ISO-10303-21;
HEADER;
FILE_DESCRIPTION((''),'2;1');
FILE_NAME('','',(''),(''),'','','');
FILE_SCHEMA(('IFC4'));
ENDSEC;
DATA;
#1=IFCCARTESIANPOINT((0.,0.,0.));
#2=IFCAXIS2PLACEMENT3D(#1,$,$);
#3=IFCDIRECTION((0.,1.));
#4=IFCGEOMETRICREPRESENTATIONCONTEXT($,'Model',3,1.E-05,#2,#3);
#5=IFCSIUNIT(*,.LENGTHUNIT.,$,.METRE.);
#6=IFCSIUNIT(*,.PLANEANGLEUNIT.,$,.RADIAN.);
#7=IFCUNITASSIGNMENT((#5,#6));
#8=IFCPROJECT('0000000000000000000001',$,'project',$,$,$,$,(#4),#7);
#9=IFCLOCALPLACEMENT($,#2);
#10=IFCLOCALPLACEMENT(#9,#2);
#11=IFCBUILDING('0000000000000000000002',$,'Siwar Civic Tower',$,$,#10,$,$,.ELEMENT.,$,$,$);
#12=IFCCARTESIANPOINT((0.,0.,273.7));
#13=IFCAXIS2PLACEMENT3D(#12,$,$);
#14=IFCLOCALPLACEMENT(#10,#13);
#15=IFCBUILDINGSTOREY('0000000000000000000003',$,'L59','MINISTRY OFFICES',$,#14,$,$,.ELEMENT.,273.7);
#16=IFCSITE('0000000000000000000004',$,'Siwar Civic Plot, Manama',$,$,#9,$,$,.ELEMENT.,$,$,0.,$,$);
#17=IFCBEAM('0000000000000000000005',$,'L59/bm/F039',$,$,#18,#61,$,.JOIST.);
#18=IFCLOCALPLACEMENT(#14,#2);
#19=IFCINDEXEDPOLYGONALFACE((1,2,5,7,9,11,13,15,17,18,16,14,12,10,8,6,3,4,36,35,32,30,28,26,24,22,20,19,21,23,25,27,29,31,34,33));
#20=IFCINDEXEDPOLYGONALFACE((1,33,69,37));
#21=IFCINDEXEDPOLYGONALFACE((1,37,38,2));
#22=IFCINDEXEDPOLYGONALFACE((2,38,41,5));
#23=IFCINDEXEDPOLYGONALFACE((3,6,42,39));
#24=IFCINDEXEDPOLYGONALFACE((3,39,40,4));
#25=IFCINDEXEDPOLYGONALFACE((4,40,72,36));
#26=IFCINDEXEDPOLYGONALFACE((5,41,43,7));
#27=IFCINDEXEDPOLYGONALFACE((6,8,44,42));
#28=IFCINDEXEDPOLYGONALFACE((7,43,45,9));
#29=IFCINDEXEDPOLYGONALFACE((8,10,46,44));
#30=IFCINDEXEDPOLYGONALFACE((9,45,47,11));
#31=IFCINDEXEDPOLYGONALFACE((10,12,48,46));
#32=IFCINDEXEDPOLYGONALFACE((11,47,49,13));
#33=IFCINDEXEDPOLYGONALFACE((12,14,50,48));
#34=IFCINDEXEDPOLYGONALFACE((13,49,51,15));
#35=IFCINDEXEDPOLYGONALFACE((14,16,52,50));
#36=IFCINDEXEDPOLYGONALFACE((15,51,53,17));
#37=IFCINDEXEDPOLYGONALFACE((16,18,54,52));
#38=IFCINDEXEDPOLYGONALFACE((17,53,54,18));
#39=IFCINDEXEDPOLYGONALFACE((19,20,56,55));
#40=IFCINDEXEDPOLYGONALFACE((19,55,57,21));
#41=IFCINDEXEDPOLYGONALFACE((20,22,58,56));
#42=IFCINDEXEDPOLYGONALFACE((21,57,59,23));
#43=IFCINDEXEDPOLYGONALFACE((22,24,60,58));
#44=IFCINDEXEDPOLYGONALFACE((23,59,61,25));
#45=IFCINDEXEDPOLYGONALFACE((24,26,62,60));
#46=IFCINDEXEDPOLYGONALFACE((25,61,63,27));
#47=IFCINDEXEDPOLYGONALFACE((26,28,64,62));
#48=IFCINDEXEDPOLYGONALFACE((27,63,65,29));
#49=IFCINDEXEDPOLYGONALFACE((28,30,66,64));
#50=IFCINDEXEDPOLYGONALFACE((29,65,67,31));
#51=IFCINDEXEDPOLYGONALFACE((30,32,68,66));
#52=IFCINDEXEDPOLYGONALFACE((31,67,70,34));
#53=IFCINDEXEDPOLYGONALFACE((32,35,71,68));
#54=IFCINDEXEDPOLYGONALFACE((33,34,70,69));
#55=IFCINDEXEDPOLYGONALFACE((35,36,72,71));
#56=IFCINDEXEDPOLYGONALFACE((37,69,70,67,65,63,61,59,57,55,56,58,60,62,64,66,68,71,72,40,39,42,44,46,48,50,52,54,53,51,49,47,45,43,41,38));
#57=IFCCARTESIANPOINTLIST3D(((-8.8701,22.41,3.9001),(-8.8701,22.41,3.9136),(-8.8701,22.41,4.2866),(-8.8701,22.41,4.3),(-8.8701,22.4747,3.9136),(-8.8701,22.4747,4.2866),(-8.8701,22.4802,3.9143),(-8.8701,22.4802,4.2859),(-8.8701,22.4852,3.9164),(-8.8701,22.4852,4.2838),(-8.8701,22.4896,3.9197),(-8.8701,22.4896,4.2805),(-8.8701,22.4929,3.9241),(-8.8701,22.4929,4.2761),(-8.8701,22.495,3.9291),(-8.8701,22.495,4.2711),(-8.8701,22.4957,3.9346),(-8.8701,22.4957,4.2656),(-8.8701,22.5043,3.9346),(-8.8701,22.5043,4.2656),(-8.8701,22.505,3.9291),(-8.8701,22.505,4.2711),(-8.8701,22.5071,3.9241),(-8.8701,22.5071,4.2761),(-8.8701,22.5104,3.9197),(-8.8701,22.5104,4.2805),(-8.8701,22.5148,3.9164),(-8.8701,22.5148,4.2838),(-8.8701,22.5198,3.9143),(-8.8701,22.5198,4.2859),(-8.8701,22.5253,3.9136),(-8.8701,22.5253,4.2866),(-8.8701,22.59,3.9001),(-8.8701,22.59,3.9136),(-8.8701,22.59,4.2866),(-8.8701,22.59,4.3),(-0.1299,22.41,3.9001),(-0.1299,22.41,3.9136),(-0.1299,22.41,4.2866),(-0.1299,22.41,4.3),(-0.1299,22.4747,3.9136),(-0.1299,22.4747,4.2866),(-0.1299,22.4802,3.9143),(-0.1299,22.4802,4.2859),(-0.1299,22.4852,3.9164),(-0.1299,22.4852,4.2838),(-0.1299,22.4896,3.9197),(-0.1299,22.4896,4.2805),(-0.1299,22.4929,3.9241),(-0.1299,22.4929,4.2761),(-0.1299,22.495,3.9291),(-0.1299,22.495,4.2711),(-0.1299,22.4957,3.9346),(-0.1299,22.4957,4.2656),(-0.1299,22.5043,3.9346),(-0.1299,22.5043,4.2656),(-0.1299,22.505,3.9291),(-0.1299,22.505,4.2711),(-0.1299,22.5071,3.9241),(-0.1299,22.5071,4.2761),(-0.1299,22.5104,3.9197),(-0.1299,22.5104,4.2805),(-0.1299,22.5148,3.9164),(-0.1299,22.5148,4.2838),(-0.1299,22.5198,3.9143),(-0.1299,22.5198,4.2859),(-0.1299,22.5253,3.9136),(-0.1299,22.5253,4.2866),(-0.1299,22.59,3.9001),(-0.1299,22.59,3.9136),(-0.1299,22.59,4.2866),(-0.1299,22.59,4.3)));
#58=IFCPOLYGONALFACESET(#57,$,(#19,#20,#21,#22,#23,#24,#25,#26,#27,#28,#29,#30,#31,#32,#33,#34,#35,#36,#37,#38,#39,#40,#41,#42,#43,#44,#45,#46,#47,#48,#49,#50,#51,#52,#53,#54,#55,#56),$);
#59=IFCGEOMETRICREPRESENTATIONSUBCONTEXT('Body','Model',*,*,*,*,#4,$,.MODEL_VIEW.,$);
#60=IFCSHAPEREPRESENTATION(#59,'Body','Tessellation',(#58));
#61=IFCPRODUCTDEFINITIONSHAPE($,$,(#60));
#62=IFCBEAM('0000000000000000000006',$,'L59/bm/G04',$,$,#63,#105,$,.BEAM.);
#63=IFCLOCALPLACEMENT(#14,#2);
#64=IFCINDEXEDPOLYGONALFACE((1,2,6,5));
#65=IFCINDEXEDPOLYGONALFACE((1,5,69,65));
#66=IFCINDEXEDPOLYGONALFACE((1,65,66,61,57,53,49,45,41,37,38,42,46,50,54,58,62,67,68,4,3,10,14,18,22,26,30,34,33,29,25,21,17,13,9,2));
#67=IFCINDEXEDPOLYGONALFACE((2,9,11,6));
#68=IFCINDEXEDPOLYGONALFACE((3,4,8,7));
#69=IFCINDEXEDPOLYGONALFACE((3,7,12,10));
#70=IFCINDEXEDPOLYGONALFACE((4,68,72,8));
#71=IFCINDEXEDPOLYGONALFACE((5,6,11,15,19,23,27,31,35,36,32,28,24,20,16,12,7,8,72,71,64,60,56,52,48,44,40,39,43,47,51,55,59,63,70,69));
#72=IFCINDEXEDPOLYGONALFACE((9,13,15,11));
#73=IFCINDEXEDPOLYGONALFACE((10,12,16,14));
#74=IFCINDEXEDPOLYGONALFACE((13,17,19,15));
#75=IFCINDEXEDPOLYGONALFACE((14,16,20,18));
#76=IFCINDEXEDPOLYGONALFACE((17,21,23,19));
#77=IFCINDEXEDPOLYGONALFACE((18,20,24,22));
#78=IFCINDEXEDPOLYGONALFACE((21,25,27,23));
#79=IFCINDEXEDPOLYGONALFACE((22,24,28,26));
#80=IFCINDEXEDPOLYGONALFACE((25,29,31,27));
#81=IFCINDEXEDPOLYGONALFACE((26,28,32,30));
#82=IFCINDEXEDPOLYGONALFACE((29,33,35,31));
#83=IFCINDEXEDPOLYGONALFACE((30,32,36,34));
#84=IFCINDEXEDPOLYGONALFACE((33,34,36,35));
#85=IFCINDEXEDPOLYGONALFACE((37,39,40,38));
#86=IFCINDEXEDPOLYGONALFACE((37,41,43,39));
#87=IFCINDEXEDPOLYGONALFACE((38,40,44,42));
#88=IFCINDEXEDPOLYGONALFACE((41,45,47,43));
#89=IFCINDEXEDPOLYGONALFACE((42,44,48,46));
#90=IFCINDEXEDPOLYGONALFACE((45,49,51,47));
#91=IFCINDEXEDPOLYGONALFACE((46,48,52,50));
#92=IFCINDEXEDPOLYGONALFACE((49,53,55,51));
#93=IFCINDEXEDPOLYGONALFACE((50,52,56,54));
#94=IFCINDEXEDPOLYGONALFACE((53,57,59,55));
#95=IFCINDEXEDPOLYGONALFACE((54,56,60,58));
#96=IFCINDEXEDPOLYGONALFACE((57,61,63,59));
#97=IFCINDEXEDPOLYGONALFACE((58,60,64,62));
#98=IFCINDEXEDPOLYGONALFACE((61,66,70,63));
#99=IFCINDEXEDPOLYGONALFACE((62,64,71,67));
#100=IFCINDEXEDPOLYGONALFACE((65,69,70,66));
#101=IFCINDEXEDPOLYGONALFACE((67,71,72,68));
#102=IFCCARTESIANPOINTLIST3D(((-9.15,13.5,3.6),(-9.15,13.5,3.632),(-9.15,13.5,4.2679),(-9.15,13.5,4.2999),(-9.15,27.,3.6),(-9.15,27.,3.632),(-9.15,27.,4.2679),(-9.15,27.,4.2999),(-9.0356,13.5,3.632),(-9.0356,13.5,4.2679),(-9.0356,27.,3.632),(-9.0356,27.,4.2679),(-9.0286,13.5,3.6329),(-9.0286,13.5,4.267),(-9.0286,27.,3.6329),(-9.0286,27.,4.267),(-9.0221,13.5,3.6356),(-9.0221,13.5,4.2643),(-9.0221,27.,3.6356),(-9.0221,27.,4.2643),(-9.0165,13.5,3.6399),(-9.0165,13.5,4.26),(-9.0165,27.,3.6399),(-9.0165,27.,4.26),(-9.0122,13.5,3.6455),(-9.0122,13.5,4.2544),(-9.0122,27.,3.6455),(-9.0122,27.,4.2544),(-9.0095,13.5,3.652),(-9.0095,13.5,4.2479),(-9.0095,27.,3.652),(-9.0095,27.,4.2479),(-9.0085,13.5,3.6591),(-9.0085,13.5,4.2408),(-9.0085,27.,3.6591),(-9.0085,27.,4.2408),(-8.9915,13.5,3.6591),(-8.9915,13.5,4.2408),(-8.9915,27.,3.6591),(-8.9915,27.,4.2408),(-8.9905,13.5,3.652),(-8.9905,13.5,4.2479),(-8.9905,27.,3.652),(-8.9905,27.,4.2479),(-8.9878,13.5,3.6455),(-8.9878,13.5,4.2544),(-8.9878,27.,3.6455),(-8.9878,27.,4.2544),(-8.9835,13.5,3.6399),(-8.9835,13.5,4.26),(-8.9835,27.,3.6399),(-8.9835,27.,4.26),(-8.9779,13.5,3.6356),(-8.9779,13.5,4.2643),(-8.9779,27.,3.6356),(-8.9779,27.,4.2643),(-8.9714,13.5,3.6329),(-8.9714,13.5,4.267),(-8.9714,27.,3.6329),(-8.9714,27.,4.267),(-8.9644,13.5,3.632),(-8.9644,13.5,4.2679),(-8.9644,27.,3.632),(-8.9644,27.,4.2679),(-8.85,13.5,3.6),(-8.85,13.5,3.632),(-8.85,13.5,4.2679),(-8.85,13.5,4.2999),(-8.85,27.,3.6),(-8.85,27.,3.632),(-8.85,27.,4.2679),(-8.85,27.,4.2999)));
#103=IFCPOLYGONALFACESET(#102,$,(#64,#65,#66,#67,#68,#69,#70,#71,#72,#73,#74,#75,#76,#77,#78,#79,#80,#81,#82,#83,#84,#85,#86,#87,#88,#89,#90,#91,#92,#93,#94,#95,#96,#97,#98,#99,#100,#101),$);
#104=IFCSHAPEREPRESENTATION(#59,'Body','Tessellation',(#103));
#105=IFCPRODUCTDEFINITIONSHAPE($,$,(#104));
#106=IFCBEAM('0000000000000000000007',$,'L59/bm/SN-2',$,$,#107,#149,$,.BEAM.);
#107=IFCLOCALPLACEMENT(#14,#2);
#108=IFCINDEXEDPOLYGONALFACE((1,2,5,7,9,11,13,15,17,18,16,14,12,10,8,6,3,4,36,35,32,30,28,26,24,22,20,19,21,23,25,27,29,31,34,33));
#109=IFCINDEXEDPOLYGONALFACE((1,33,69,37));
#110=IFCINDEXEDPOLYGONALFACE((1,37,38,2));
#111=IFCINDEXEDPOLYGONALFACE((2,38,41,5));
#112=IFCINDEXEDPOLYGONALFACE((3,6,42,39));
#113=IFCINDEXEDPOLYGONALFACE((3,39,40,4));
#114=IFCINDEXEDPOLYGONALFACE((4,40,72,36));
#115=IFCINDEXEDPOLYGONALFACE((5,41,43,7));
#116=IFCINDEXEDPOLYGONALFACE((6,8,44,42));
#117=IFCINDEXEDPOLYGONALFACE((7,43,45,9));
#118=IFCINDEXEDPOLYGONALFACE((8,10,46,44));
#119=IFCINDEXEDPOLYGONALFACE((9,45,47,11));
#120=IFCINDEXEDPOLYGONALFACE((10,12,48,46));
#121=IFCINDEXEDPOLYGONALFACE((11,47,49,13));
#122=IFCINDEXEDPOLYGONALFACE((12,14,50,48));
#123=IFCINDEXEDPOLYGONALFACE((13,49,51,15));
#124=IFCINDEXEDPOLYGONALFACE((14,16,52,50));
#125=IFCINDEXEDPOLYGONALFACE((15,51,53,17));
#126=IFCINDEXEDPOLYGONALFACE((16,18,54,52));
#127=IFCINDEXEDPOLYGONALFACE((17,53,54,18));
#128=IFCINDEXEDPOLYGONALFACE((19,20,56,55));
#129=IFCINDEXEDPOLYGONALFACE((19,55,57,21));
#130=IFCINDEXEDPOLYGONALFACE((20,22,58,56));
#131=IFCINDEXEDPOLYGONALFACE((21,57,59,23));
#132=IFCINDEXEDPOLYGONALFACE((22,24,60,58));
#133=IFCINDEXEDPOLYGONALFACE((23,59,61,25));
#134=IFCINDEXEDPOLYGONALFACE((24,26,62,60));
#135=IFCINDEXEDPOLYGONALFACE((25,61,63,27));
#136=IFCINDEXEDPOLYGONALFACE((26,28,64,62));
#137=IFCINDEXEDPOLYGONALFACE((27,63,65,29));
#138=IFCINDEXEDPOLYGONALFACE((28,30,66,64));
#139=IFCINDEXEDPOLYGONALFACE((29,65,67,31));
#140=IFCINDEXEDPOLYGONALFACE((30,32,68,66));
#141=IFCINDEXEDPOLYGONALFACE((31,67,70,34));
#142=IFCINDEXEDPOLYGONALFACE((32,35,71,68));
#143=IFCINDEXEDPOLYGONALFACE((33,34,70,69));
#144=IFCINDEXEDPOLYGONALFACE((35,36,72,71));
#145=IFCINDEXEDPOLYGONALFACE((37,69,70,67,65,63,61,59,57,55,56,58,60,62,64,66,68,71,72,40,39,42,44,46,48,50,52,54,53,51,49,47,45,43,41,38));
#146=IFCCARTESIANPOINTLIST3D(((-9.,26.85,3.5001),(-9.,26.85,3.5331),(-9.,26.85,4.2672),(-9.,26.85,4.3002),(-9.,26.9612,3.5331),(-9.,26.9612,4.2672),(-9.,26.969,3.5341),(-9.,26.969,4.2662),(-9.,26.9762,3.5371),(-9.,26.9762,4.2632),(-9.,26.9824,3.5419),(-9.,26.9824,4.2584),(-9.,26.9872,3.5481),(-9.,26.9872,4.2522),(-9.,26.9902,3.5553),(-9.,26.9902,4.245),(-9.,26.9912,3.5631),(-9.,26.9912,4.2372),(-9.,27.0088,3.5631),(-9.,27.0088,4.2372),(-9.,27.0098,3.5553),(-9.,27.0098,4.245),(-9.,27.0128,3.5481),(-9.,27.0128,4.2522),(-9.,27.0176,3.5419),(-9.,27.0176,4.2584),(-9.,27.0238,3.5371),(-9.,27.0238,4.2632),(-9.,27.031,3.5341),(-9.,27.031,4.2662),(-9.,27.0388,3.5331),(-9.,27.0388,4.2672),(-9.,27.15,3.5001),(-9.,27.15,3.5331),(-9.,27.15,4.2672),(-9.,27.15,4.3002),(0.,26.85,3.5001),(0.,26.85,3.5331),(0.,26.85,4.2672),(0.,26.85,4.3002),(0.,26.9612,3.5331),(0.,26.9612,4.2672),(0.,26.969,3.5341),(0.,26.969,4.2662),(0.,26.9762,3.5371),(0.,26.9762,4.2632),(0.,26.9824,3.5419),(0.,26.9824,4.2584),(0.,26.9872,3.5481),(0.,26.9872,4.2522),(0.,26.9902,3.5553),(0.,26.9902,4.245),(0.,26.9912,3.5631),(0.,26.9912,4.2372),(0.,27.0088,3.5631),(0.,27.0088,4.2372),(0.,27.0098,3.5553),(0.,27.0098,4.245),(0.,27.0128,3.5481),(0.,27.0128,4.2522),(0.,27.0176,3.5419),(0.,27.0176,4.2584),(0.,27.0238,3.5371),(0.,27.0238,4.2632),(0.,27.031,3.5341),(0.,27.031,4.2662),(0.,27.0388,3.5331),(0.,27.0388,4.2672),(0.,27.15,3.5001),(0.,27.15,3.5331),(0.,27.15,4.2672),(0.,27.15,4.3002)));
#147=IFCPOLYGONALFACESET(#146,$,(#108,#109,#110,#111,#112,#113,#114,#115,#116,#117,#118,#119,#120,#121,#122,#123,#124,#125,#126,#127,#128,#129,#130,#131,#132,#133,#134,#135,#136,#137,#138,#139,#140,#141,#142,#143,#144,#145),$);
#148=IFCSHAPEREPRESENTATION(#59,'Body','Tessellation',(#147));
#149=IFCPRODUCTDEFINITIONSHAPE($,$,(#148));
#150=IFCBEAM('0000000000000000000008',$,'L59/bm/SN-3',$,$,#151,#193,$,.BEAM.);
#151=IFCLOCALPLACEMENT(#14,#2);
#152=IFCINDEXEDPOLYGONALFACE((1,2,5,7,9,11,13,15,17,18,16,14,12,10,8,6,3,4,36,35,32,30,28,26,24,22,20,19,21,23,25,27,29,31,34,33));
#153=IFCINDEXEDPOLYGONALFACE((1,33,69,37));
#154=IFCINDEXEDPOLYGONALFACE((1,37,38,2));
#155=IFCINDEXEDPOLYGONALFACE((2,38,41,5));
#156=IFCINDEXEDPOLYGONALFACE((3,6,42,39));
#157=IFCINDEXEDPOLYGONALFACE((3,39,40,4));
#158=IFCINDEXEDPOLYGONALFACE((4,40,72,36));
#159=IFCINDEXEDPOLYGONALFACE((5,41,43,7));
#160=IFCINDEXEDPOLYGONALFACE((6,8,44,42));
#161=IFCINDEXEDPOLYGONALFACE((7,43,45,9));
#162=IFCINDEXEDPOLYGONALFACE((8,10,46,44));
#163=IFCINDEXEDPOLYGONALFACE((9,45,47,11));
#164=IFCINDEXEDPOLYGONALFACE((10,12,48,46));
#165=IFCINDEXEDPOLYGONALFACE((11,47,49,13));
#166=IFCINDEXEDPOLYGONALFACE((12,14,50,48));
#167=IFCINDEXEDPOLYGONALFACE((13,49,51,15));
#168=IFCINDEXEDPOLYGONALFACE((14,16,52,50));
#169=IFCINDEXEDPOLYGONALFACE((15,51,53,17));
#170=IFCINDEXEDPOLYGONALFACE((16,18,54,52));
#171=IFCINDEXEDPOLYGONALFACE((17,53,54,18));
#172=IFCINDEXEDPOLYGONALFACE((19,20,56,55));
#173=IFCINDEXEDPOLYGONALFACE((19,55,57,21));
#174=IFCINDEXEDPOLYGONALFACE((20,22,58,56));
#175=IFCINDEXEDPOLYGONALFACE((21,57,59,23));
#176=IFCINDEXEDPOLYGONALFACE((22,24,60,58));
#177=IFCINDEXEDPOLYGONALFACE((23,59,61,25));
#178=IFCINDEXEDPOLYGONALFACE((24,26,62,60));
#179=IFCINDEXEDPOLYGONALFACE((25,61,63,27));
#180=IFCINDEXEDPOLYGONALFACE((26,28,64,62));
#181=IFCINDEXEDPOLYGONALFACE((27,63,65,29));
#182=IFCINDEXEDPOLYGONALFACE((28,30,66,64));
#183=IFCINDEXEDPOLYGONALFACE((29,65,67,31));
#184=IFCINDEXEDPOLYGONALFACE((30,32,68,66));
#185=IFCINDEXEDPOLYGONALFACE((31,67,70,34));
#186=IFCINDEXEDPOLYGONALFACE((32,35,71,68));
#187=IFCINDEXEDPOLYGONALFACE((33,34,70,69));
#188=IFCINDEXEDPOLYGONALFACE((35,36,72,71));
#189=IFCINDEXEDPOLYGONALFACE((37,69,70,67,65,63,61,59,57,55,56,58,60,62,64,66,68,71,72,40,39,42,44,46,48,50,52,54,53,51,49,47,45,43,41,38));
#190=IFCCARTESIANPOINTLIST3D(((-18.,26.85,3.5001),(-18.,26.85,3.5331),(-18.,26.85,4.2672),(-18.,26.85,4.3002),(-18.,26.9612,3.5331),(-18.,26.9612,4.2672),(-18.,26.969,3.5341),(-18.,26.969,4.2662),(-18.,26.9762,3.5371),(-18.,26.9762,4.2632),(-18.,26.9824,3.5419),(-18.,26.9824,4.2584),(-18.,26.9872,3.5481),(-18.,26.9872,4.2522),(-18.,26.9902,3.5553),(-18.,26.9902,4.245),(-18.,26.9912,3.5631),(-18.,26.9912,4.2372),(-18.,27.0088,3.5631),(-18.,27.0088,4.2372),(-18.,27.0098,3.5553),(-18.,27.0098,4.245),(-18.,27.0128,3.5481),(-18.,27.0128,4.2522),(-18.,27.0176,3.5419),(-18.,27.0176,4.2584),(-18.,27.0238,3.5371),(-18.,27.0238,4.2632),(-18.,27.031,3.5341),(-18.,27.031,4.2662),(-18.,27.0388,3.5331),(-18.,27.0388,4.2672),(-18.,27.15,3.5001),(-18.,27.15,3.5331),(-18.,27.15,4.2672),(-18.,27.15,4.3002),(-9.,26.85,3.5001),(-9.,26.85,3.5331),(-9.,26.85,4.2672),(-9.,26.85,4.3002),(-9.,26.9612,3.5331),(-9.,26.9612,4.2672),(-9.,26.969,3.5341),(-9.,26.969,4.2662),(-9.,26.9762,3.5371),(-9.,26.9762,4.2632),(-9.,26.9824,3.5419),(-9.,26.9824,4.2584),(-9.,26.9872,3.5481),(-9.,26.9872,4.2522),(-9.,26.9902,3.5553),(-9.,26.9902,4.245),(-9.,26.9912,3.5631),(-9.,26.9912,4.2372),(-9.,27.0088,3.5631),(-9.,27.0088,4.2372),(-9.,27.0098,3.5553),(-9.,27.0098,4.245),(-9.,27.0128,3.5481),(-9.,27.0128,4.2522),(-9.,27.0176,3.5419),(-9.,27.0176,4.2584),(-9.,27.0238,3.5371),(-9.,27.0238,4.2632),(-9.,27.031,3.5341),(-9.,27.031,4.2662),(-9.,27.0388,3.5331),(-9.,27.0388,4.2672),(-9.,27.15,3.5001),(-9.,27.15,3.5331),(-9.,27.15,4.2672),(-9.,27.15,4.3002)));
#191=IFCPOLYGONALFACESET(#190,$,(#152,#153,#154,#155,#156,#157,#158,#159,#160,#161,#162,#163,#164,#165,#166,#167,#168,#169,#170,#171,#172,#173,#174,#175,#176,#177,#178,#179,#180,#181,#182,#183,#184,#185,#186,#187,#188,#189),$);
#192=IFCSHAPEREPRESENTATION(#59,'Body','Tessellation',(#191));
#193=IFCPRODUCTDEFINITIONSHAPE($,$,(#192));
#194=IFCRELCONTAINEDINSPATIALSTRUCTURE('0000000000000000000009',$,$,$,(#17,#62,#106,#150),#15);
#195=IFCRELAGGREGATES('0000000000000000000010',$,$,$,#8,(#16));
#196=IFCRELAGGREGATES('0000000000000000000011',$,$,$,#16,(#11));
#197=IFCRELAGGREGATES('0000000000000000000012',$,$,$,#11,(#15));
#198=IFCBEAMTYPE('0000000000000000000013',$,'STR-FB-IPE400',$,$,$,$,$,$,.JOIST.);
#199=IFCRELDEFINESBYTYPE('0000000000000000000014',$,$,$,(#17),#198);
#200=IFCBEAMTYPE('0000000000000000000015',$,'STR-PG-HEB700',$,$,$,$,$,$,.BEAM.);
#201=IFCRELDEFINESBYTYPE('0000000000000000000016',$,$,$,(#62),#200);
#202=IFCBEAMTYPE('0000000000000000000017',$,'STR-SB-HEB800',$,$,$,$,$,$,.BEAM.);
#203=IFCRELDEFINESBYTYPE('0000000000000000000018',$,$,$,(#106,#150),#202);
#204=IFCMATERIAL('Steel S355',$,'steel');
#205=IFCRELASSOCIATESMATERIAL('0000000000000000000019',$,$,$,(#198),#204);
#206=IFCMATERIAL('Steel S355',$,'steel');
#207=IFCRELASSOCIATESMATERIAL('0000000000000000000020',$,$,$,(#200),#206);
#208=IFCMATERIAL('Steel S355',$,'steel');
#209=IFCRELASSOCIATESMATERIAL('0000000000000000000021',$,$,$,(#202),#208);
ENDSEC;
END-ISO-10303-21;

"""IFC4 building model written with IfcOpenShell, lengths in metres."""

from ifc_helpers import new_model, si_unit, direction, frame, origin, origin_2d, place, context, subcontext, project, spatial, i_section, extrude, material, material_profile, profile_set, type_object, element, save


model = new_model("IFC4")

# Units and contexts
model_context = context("Model", 3, precision=1e-05, world=origin(), true_north=direction((0.0, 1.0)))
body_context = subcontext(model_context, "Body", "Model", "MODEL_VIEW")
ifc_project = project(units=[si_unit("LENGTHUNIT", "METRE"), si_unit("PLANEANGLEUNIT", "RADIAN")], contexts=[model_context])

# Site, building, storey
site_placement = place(None, origin())
site = spatial("IfcSite", under=ifc_project, at=site_placement, Name="Siwar Civic Plot, Manama", CompositionType="ELEMENT", RefElevation=0.0)
building_placement = place(site_placement, origin())
building = spatial("IfcBuilding", under=site, at=building_placement, Name="Siwar Civic Tower", CompositionType="ELEMENT")
storey_placement = place(building_placement, frame((0.0, 0.0, 273.7)))
storey = spatial("IfcBuildingStorey", under=building, at=storey_placement, Name="L59", Description="MINISTRY OFFICES", CompositionType="ELEMENT", Elevation=273.7)

# Beams
ifc_material_1 = material(Name="Steel S355", Category="steel")
ifc_material_profile_1 = material_profile(ifc_material_1, i_section(OverallWidth=0.1799, OverallDepth=0.3999, WebThickness=0.0085, FlangeThickness=0.0134, FilletRadius=0.021, at=origin_2d()), Name="IPE400")
ifc_profile_set_1 = profile_set([ifc_material_profile_1], Name="Steel S355")
beam_type_1 = type_object("IfcBeamType", Name="STR-FB-IPE400", PredefinedType="JOIST", material=ifc_profile_set_1)
for number, where, z_axis, x_axis, name in (
    (1, (-8.8701, 22.5, 4.1001), (1.0, 0.0, 0.0), (0.0, 1.0, 0.0), "L59/bm/F039"),
):
    element("IfcBeam", number, at=place(storey_placement, frame(where, z_axis=z_axis, x_axis=x_axis)), inside=storey, type_object=beam_type_1, Name=name, PredefinedType="JOIST", context=body_context, shape_type="SweptSolid", body=[
        extrude(i_section(OverallWidth=0.1799, OverallDepth=0.3999, WebThickness=0.0085, FlangeThickness=0.0134, FilletRadius=0.021, at=origin_2d()), origin(), (0.0, 0.0, 1.0), 8.7402),
    ])
ifc_material_2 = material(Name="Steel S355", Category="steel")
ifc_material_profile_2 = material_profile(ifc_material_2, i_section(OverallWidth=0.3, OverallDepth=0.7, WebThickness=0.0171, FlangeThickness=0.032, FilletRadius=0.0271, at=origin_2d()), Name="HEB700")
ifc_profile_set_2 = profile_set([ifc_material_profile_2], Name="Steel S355")
beam_type_2 = type_object("IfcBeamType", Name="STR-PG-HEB700", PredefinedType="BEAM", material=ifc_profile_set_2)
beam_1_placement = place(storey_placement, frame((-9.0, 13.5, 3.95), z_axis=(0.0, 1.0, 0.0), x_axis=(-1.0, 0.0, 0.0)))
element("IfcBeam", 2, at=beam_1_placement, inside=storey, type_object=beam_type_2, Name="L59/bm/G04", PredefinedType="BEAM", context=body_context, shape_type="SweptSolid", body=[
    extrude(i_section(OverallWidth=0.3, OverallDepth=0.7, WebThickness=0.0171, FlangeThickness=0.032, FilletRadius=0.0271, at=origin_2d()), origin(), (0.0, 0.0, 1.0), 13.5),
])
ifc_material_3 = material(Name="Steel S355", Category="steel")
ifc_material_profile_3 = material_profile(ifc_material_3, i_section(OverallWidth=0.3, OverallDepth=0.8, WebThickness=0.0176, FlangeThickness=0.033, FilletRadius=0.03, at=origin_2d()), Name="HEB800")
ifc_profile_set_3 = profile_set([ifc_material_profile_3], Name="Steel S355")
beam_type_3 = type_object("IfcBeamType", Name="STR-SB-HEB800", PredefinedType="BEAM", material=ifc_profile_set_3)
for number, where, z_axis, x_axis, name in (
    (3, (0.0, 27.0, 3.9001), (-1.0, 0.0, 0.0), (0.0, -1.0, 0.0), "L59/bm/SN-2"),
    (4, (-9.0, 27.0, 3.9001), (-1.0, 0.0, 0.0), (0.0, -1.0, 0.0), "L59/bm/SN-3"),
):
    element("IfcBeam", number, at=place(storey_placement, frame(where, z_axis=z_axis, x_axis=x_axis)), inside=storey, type_object=beam_type_3, Name=name, PredefinedType="BEAM", context=body_context, shape_type="SweptSolid", body=[
        extrude(i_section(OverallWidth=0.3, OverallDepth=0.8, WebThickness=0.0176, FlangeThickness=0.033, FilletRadius=0.03, at=origin_2d()), origin(), (0.0, 0.0, 1.0), 9.0),
    ])

save(model, "model.ifc")
